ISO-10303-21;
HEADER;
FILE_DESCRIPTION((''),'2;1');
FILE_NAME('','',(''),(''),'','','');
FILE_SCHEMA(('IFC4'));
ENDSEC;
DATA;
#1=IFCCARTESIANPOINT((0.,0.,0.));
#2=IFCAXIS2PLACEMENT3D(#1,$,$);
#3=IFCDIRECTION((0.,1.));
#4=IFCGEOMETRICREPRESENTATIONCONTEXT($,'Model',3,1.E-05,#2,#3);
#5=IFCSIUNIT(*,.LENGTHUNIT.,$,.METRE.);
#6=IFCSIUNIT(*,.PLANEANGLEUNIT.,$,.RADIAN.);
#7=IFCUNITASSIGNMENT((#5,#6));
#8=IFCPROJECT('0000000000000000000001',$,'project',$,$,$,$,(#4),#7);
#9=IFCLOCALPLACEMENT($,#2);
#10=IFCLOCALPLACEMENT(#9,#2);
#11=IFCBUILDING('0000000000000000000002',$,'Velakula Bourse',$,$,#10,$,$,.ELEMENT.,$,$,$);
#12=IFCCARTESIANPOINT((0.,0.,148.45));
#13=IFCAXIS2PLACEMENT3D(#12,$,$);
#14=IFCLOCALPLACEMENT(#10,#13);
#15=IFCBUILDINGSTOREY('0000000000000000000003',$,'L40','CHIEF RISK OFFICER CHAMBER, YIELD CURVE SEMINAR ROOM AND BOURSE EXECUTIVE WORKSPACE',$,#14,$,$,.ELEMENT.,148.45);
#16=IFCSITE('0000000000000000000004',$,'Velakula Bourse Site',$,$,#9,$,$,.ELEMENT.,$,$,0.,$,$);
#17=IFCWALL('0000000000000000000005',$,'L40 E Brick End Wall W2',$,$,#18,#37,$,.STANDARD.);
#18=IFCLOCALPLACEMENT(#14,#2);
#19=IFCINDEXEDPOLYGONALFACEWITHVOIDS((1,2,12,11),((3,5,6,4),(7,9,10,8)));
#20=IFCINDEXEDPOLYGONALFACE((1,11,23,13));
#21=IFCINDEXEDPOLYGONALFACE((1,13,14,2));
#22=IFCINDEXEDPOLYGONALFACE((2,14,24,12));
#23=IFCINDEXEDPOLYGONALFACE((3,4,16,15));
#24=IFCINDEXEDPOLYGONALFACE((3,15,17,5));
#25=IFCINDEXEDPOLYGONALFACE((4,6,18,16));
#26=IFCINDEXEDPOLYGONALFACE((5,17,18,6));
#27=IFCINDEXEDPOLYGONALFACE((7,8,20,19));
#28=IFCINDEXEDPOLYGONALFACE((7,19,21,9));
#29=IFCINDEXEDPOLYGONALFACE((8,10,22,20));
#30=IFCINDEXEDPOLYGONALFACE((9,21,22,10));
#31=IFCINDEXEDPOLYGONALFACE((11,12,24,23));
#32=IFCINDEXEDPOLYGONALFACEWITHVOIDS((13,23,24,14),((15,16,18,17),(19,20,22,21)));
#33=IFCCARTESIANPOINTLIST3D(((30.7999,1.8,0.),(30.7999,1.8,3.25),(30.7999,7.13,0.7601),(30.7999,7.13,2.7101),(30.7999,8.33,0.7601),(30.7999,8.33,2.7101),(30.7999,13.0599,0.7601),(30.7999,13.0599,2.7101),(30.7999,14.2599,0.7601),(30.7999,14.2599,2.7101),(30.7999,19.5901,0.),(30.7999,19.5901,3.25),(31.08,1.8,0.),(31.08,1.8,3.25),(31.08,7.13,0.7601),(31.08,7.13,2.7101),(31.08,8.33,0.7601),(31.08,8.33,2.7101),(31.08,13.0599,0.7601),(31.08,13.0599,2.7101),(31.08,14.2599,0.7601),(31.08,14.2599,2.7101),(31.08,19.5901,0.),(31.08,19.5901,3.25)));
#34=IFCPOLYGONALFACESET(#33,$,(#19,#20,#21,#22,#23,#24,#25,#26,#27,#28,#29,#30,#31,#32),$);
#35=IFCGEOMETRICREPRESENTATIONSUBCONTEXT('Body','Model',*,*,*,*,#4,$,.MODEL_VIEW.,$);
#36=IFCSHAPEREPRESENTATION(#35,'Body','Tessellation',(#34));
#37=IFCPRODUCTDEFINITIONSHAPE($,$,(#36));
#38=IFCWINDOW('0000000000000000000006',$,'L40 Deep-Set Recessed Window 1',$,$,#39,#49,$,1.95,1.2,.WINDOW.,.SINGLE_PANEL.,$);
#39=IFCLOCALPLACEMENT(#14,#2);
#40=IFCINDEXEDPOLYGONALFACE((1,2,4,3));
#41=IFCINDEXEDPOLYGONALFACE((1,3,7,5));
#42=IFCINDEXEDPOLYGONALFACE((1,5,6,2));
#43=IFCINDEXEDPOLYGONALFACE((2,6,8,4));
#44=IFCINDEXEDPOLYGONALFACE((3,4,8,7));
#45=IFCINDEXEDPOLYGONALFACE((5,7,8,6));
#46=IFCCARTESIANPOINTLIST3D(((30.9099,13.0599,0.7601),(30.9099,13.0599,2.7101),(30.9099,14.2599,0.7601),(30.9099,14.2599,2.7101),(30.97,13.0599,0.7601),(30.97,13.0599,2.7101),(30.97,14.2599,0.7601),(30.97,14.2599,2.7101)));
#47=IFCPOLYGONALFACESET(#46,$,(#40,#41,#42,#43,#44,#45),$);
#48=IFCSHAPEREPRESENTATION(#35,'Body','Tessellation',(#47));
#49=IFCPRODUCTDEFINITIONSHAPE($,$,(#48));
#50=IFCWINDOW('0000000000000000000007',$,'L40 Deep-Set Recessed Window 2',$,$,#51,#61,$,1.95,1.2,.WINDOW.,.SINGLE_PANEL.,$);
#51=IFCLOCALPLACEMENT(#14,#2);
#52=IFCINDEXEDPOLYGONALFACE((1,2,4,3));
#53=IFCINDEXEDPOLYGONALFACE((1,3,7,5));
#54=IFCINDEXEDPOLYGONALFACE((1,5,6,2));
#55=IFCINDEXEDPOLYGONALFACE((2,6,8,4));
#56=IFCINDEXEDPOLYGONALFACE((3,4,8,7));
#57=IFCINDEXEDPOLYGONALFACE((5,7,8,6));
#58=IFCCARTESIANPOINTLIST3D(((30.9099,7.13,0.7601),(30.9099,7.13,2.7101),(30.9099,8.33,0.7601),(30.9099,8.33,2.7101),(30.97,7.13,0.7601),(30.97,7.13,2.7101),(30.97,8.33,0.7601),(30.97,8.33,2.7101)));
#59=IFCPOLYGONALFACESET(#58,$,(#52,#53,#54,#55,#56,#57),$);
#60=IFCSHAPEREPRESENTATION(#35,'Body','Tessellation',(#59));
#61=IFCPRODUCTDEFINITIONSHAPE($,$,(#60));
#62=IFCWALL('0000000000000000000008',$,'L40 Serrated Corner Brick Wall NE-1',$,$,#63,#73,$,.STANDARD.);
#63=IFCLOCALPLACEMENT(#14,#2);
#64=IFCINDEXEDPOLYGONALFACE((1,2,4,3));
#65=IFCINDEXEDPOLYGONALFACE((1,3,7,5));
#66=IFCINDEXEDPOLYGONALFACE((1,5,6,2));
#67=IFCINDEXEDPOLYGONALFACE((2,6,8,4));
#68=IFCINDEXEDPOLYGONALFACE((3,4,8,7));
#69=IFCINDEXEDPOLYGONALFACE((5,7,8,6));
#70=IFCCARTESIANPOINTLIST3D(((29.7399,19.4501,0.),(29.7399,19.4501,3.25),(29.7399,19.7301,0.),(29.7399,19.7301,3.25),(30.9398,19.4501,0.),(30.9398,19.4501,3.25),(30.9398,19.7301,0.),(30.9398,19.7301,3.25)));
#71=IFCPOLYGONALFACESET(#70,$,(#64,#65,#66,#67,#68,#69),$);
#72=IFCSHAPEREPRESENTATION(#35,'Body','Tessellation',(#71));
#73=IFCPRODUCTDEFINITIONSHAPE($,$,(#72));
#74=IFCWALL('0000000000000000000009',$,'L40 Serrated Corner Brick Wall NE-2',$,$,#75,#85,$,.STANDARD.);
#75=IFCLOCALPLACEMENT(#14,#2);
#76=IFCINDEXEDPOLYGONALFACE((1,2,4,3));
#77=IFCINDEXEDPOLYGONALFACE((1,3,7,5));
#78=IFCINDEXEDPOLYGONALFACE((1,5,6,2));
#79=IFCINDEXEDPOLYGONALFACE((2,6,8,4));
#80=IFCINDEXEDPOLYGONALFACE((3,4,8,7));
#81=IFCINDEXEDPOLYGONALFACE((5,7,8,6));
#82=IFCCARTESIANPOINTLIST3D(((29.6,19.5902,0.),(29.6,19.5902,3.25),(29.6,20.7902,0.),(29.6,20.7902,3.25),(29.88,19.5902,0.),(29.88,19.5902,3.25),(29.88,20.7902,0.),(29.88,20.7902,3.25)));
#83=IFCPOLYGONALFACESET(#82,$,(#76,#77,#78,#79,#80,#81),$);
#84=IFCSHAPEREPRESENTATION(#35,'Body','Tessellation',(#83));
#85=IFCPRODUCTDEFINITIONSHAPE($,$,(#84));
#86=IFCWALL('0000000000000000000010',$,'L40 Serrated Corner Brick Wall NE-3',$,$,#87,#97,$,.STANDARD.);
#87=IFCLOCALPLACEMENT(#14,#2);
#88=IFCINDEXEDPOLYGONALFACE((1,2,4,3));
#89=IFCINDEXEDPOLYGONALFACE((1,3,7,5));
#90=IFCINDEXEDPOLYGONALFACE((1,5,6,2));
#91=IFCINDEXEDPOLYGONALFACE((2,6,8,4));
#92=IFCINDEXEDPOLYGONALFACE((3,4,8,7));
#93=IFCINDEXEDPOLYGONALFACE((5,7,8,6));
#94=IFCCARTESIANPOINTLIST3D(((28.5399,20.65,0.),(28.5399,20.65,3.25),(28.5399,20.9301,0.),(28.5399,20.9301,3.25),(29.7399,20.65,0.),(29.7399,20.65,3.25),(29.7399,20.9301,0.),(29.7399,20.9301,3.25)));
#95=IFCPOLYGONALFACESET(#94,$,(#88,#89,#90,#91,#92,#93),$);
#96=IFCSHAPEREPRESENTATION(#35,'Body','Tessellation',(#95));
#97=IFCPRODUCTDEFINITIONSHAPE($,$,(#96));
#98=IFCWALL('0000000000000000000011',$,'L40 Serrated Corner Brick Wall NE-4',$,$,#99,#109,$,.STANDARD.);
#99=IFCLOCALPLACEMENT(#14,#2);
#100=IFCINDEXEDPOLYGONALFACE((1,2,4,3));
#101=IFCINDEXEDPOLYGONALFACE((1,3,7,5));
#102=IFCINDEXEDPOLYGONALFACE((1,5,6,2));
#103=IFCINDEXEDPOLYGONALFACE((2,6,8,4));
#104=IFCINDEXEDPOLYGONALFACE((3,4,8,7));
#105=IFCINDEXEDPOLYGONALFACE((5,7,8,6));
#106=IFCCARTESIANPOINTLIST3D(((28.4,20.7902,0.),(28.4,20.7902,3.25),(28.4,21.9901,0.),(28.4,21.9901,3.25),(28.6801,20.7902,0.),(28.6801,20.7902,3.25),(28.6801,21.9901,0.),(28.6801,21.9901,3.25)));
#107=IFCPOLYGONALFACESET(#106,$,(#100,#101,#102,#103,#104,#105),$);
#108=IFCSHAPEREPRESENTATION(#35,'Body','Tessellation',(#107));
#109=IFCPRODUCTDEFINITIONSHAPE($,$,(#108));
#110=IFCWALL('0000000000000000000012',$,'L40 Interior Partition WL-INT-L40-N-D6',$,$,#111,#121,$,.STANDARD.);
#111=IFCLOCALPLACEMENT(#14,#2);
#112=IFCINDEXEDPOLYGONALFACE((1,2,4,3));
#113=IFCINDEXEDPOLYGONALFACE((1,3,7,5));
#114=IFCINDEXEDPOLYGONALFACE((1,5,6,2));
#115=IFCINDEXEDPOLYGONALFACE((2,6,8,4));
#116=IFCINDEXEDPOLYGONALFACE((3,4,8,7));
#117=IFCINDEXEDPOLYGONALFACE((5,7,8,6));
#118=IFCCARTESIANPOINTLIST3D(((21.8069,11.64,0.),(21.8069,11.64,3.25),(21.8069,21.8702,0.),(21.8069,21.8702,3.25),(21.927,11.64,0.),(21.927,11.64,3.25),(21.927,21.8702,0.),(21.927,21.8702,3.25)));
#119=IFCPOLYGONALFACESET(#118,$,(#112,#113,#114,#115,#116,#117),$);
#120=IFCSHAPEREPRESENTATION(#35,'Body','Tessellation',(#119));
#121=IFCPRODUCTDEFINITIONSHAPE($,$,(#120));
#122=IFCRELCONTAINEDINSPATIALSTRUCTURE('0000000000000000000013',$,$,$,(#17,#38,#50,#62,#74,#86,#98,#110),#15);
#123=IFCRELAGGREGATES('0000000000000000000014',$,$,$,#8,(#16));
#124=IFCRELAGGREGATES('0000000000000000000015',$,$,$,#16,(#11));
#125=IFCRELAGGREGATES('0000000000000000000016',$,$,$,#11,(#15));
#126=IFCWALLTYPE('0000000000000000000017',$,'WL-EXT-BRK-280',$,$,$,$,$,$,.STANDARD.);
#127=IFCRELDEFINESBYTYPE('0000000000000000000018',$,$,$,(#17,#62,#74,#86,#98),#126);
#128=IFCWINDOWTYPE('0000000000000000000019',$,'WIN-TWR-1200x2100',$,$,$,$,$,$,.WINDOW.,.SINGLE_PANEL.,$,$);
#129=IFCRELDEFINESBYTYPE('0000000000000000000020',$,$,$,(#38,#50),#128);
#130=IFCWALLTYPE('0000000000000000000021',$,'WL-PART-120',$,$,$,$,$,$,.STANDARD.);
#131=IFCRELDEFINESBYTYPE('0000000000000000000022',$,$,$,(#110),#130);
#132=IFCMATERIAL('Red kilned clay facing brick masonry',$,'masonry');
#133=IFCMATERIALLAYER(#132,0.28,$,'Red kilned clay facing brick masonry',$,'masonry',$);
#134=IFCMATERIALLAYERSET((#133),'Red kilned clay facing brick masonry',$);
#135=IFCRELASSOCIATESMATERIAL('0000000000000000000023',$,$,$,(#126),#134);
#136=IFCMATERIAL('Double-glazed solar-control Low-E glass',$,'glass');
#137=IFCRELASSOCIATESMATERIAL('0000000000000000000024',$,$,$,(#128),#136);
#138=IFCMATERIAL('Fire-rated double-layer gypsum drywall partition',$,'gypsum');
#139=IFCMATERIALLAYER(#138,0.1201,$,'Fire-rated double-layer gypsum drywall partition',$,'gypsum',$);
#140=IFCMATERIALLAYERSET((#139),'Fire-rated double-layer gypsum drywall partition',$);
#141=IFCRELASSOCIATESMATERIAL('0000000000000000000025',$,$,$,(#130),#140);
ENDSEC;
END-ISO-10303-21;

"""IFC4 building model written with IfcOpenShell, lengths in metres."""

from ifc_helpers import new_model, si_unit, direction, frame, frame_2d, origin, place, context, subcontext, project, spatial, rectangle, extrude, material, layer, layer_set, type_object, element, fill, save


model = new_model("IFC4")

# Units and contexts
model_context = context("Model", 3, precision=1e-05, world=origin(), true_north=direction((0.0, 1.0)))
body_context = subcontext(model_context, "Body", "Model", "MODEL_VIEW")
ifc_project = project(units=[si_unit("LENGTHUNIT", "METRE"), si_unit("PLANEANGLEUNIT", "RADIAN")], contexts=[model_context])

# Site, building, storey
site_placement = place(None, origin())
site = spatial("IfcSite", under=ifc_project, at=site_placement, Name="Velakula Bourse Site", CompositionType="ELEMENT", RefElevation=0.0)
building_placement = place(site_placement, origin())
building = spatial("IfcBuilding", under=site, at=building_placement, Name="Velakula Bourse", CompositionType="ELEMENT")
storey_placement = place(building_placement, frame((0.0, 0.0, 148.45)))
storey = spatial("IfcBuildingStorey", under=building, at=storey_placement, Name="L40", Description="CHIEF RISK OFFICER CHAMBER, YIELD CURVE SEMINAR ROOM AND BOURSE EXECUTIVE WORKSPACE", CompositionType="ELEMENT", Elevation=148.45)

# Wall, openings, windows
ifc_material_1 = material(Name="Red kilned clay facing brick masonry", Category="masonry")
ifc_layer_1 = layer(ifc_material_1, 0.28, Name="Red kilned clay facing brick masonry", Category="masonry")
ifc_layer_set_1 = layer_set([ifc_layer_1], Name="Red kilned clay facing brick masonry")
wall_type_1 = type_object("IfcWallType", Name="WL-EXT-BRK-280", PredefinedType="STANDARD", material=ifc_layer_set_1)
wall_1_placement = place(storey_placement, frame((30.9399, 19.5901, 0.0), z_axis=(0.0, 0.0, 1.0), x_axis=(0.0, -1.0, 0.0)))
wall_1 = element("IfcWall", 1, at=wall_1_placement, inside=storey, type_object=wall_type_1, Name="L40 E Brick End Wall W2", PredefinedType="STANDARD", context=body_context, shape_type="SweptSolid", body=[
    extrude(rectangle(XDim=17.79, YDim=0.28, at=frame_2d((8.895, 0.0))), origin(), (0.0, 0.0, 1.0), 3.25),
])
opening_1_placement = place(wall_1_placement, frame((5.3301, 0.0, 0.76)))
opening_1 = element("IfcOpeningElement", 2, at=opening_1_placement, cuts=wall_1, PredefinedType="OPENING", context=body_context, shape_type="SweptSolid", body=[
    extrude(rectangle(XDim=1.2, YDim=1.95, at=frame_2d((0.6001, 0.9751))), frame((0.0, 0.1499, 0.0), z_axis=(0.0, -1.0, 0.0), x_axis=(1.0, 0.0, 0.0)), (0.0, 0.0, 1.0), 0.3),
])
opening_2_placement = place(wall_1_placement, frame((11.26, 0.0, 0.76)))
opening_2 = element("IfcOpeningElement", 3, at=opening_2_placement, cuts=wall_1, PredefinedType="OPENING", context=body_context, shape_type="SweptSolid", body=[
    extrude(rectangle(XDim=1.2, YDim=1.95, at=frame_2d((0.6001, 0.9751))), frame((0.0, 0.1499, 0.0), z_axis=(0.0, -1.0, 0.0), x_axis=(1.0, 0.0, 0.0)), (0.0, 0.0, 1.0), 0.3),
])
ifc_material_2 = material(Name="Double-glazed solar-control Low-E glass", Category="glass")
window_type = type_object("IfcWindowType", Name="WIN-TWR-1200x2100", PartitioningType="SINGLE_PANEL", PredefinedType="WINDOW", material=ifc_material_2)
window_1_placement = place(opening_1_placement, origin())
window_1 = element("IfcWindow", 4, at=window_1_placement, inside=storey, type_object=window_type, Name="L40 Deep-Set Recessed Window 1", OverallHeight=1.95, OverallWidth=1.2, PartitioningType="SINGLE_PANEL", PredefinedType="WINDOW", context=body_context, shape_type="SweptSolid", body=[
    extrude(rectangle(XDim=1.2, YDim=1.95, at=frame_2d((0.6001, 0.9751))), frame((0.0, 0.03, 0.0), z_axis=(0.0, -1.0, 0.0), x_axis=(1.0, 0.0, 0.0)), (0.0, 0.0, 1.0), 0.0601),
])
fill(opening_1, window_1)
window_2_placement = place(opening_2_placement, origin())
window_2 = element("IfcWindow", 5, at=window_2_placement, inside=storey, type_object=window_type, Name="L40 Deep-Set Recessed Window 2", OverallHeight=1.95, OverallWidth=1.2, PartitioningType="SINGLE_PANEL", PredefinedType="WINDOW", context=body_context, shape_type="SweptSolid", body=[
    extrude(rectangle(XDim=1.2, YDim=1.95, at=frame_2d((0.6001, 0.9751))), frame((0.0, 0.03, 0.0), z_axis=(0.0, -1.0, 0.0), x_axis=(1.0, 0.0, 0.0)), (0.0, 0.0, 1.0), 0.0601),
])
fill(opening_2, window_2)

# Walls
for number, where, z_axis, x_axis, name in (
    (6, (30.9399, 19.5901, 0.0), (0.0, 0.0, 1.0), (-1.0, 0.0, 0.0), "L40 Serrated Corner Brick Wall NE-1"),
    (7, (29.74, 19.5901, 0.0), (0.0, 0.0, 1.0), (0.0, 1.0, 0.0), "L40 Serrated Corner Brick Wall NE-2"),
    (8, (29.74, 20.79, 0.0), (0.0, 0.0, 1.0), (-1.0, 0.0, 0.0), "L40 Serrated Corner Brick Wall NE-3"),
    (9, (28.54, 20.79, 0.0), (0.0, 0.0, 1.0), (0.0, 1.0, 0.0), "L40 Serrated Corner Brick Wall NE-4"),
):
    element("IfcWall", number, at=place(storey_placement, frame(where, z_axis=z_axis, x_axis=x_axis)), inside=storey, type_object=wall_type_1, Name=name, PredefinedType="STANDARD", context=body_context, shape_type="SweptSolid", body=[
        extrude(rectangle(XDim=1.2, YDim=0.28, at=frame_2d((0.6001, 0.0))), origin(), (0.0, 0.0, 1.0), 3.25),
    ])
ifc_material_3 = material(Name="Fire-rated double-layer gypsum drywall partition", Category="gypsum")
ifc_layer_2 = layer(ifc_material_3, 0.1201, Name="Fire-rated double-layer gypsum drywall partition", Category="gypsum")
ifc_layer_set_2 = layer_set([ifc_layer_2], Name="Fire-rated double-layer gypsum drywall partition")
wall_type_2 = type_object("IfcWallType", Name="WL-PART-120", PredefinedType="STANDARD", material=ifc_layer_set_2)
wall_2_placement = place(storey_placement, frame((21.8669, 11.6399, 0.0), z_axis=(0.0, 0.0, 1.0), x_axis=(0.0, 1.0, 0.0)))
element("IfcWall", 10, at=wall_2_placement, inside=storey, type_object=wall_type_2, Name="L40 Interior Partition WL-INT-L40-N-D6", PredefinedType="STANDARD", context=body_context, shape_type="SweptSolid", body=[
    extrude(rectangle(XDim=10.2302, YDim=0.1201, at=frame_2d((5.1152, 0.0))), origin(), (0.0, 0.0, 1.0), 3.25),
])

save(model, "model.ifc")
